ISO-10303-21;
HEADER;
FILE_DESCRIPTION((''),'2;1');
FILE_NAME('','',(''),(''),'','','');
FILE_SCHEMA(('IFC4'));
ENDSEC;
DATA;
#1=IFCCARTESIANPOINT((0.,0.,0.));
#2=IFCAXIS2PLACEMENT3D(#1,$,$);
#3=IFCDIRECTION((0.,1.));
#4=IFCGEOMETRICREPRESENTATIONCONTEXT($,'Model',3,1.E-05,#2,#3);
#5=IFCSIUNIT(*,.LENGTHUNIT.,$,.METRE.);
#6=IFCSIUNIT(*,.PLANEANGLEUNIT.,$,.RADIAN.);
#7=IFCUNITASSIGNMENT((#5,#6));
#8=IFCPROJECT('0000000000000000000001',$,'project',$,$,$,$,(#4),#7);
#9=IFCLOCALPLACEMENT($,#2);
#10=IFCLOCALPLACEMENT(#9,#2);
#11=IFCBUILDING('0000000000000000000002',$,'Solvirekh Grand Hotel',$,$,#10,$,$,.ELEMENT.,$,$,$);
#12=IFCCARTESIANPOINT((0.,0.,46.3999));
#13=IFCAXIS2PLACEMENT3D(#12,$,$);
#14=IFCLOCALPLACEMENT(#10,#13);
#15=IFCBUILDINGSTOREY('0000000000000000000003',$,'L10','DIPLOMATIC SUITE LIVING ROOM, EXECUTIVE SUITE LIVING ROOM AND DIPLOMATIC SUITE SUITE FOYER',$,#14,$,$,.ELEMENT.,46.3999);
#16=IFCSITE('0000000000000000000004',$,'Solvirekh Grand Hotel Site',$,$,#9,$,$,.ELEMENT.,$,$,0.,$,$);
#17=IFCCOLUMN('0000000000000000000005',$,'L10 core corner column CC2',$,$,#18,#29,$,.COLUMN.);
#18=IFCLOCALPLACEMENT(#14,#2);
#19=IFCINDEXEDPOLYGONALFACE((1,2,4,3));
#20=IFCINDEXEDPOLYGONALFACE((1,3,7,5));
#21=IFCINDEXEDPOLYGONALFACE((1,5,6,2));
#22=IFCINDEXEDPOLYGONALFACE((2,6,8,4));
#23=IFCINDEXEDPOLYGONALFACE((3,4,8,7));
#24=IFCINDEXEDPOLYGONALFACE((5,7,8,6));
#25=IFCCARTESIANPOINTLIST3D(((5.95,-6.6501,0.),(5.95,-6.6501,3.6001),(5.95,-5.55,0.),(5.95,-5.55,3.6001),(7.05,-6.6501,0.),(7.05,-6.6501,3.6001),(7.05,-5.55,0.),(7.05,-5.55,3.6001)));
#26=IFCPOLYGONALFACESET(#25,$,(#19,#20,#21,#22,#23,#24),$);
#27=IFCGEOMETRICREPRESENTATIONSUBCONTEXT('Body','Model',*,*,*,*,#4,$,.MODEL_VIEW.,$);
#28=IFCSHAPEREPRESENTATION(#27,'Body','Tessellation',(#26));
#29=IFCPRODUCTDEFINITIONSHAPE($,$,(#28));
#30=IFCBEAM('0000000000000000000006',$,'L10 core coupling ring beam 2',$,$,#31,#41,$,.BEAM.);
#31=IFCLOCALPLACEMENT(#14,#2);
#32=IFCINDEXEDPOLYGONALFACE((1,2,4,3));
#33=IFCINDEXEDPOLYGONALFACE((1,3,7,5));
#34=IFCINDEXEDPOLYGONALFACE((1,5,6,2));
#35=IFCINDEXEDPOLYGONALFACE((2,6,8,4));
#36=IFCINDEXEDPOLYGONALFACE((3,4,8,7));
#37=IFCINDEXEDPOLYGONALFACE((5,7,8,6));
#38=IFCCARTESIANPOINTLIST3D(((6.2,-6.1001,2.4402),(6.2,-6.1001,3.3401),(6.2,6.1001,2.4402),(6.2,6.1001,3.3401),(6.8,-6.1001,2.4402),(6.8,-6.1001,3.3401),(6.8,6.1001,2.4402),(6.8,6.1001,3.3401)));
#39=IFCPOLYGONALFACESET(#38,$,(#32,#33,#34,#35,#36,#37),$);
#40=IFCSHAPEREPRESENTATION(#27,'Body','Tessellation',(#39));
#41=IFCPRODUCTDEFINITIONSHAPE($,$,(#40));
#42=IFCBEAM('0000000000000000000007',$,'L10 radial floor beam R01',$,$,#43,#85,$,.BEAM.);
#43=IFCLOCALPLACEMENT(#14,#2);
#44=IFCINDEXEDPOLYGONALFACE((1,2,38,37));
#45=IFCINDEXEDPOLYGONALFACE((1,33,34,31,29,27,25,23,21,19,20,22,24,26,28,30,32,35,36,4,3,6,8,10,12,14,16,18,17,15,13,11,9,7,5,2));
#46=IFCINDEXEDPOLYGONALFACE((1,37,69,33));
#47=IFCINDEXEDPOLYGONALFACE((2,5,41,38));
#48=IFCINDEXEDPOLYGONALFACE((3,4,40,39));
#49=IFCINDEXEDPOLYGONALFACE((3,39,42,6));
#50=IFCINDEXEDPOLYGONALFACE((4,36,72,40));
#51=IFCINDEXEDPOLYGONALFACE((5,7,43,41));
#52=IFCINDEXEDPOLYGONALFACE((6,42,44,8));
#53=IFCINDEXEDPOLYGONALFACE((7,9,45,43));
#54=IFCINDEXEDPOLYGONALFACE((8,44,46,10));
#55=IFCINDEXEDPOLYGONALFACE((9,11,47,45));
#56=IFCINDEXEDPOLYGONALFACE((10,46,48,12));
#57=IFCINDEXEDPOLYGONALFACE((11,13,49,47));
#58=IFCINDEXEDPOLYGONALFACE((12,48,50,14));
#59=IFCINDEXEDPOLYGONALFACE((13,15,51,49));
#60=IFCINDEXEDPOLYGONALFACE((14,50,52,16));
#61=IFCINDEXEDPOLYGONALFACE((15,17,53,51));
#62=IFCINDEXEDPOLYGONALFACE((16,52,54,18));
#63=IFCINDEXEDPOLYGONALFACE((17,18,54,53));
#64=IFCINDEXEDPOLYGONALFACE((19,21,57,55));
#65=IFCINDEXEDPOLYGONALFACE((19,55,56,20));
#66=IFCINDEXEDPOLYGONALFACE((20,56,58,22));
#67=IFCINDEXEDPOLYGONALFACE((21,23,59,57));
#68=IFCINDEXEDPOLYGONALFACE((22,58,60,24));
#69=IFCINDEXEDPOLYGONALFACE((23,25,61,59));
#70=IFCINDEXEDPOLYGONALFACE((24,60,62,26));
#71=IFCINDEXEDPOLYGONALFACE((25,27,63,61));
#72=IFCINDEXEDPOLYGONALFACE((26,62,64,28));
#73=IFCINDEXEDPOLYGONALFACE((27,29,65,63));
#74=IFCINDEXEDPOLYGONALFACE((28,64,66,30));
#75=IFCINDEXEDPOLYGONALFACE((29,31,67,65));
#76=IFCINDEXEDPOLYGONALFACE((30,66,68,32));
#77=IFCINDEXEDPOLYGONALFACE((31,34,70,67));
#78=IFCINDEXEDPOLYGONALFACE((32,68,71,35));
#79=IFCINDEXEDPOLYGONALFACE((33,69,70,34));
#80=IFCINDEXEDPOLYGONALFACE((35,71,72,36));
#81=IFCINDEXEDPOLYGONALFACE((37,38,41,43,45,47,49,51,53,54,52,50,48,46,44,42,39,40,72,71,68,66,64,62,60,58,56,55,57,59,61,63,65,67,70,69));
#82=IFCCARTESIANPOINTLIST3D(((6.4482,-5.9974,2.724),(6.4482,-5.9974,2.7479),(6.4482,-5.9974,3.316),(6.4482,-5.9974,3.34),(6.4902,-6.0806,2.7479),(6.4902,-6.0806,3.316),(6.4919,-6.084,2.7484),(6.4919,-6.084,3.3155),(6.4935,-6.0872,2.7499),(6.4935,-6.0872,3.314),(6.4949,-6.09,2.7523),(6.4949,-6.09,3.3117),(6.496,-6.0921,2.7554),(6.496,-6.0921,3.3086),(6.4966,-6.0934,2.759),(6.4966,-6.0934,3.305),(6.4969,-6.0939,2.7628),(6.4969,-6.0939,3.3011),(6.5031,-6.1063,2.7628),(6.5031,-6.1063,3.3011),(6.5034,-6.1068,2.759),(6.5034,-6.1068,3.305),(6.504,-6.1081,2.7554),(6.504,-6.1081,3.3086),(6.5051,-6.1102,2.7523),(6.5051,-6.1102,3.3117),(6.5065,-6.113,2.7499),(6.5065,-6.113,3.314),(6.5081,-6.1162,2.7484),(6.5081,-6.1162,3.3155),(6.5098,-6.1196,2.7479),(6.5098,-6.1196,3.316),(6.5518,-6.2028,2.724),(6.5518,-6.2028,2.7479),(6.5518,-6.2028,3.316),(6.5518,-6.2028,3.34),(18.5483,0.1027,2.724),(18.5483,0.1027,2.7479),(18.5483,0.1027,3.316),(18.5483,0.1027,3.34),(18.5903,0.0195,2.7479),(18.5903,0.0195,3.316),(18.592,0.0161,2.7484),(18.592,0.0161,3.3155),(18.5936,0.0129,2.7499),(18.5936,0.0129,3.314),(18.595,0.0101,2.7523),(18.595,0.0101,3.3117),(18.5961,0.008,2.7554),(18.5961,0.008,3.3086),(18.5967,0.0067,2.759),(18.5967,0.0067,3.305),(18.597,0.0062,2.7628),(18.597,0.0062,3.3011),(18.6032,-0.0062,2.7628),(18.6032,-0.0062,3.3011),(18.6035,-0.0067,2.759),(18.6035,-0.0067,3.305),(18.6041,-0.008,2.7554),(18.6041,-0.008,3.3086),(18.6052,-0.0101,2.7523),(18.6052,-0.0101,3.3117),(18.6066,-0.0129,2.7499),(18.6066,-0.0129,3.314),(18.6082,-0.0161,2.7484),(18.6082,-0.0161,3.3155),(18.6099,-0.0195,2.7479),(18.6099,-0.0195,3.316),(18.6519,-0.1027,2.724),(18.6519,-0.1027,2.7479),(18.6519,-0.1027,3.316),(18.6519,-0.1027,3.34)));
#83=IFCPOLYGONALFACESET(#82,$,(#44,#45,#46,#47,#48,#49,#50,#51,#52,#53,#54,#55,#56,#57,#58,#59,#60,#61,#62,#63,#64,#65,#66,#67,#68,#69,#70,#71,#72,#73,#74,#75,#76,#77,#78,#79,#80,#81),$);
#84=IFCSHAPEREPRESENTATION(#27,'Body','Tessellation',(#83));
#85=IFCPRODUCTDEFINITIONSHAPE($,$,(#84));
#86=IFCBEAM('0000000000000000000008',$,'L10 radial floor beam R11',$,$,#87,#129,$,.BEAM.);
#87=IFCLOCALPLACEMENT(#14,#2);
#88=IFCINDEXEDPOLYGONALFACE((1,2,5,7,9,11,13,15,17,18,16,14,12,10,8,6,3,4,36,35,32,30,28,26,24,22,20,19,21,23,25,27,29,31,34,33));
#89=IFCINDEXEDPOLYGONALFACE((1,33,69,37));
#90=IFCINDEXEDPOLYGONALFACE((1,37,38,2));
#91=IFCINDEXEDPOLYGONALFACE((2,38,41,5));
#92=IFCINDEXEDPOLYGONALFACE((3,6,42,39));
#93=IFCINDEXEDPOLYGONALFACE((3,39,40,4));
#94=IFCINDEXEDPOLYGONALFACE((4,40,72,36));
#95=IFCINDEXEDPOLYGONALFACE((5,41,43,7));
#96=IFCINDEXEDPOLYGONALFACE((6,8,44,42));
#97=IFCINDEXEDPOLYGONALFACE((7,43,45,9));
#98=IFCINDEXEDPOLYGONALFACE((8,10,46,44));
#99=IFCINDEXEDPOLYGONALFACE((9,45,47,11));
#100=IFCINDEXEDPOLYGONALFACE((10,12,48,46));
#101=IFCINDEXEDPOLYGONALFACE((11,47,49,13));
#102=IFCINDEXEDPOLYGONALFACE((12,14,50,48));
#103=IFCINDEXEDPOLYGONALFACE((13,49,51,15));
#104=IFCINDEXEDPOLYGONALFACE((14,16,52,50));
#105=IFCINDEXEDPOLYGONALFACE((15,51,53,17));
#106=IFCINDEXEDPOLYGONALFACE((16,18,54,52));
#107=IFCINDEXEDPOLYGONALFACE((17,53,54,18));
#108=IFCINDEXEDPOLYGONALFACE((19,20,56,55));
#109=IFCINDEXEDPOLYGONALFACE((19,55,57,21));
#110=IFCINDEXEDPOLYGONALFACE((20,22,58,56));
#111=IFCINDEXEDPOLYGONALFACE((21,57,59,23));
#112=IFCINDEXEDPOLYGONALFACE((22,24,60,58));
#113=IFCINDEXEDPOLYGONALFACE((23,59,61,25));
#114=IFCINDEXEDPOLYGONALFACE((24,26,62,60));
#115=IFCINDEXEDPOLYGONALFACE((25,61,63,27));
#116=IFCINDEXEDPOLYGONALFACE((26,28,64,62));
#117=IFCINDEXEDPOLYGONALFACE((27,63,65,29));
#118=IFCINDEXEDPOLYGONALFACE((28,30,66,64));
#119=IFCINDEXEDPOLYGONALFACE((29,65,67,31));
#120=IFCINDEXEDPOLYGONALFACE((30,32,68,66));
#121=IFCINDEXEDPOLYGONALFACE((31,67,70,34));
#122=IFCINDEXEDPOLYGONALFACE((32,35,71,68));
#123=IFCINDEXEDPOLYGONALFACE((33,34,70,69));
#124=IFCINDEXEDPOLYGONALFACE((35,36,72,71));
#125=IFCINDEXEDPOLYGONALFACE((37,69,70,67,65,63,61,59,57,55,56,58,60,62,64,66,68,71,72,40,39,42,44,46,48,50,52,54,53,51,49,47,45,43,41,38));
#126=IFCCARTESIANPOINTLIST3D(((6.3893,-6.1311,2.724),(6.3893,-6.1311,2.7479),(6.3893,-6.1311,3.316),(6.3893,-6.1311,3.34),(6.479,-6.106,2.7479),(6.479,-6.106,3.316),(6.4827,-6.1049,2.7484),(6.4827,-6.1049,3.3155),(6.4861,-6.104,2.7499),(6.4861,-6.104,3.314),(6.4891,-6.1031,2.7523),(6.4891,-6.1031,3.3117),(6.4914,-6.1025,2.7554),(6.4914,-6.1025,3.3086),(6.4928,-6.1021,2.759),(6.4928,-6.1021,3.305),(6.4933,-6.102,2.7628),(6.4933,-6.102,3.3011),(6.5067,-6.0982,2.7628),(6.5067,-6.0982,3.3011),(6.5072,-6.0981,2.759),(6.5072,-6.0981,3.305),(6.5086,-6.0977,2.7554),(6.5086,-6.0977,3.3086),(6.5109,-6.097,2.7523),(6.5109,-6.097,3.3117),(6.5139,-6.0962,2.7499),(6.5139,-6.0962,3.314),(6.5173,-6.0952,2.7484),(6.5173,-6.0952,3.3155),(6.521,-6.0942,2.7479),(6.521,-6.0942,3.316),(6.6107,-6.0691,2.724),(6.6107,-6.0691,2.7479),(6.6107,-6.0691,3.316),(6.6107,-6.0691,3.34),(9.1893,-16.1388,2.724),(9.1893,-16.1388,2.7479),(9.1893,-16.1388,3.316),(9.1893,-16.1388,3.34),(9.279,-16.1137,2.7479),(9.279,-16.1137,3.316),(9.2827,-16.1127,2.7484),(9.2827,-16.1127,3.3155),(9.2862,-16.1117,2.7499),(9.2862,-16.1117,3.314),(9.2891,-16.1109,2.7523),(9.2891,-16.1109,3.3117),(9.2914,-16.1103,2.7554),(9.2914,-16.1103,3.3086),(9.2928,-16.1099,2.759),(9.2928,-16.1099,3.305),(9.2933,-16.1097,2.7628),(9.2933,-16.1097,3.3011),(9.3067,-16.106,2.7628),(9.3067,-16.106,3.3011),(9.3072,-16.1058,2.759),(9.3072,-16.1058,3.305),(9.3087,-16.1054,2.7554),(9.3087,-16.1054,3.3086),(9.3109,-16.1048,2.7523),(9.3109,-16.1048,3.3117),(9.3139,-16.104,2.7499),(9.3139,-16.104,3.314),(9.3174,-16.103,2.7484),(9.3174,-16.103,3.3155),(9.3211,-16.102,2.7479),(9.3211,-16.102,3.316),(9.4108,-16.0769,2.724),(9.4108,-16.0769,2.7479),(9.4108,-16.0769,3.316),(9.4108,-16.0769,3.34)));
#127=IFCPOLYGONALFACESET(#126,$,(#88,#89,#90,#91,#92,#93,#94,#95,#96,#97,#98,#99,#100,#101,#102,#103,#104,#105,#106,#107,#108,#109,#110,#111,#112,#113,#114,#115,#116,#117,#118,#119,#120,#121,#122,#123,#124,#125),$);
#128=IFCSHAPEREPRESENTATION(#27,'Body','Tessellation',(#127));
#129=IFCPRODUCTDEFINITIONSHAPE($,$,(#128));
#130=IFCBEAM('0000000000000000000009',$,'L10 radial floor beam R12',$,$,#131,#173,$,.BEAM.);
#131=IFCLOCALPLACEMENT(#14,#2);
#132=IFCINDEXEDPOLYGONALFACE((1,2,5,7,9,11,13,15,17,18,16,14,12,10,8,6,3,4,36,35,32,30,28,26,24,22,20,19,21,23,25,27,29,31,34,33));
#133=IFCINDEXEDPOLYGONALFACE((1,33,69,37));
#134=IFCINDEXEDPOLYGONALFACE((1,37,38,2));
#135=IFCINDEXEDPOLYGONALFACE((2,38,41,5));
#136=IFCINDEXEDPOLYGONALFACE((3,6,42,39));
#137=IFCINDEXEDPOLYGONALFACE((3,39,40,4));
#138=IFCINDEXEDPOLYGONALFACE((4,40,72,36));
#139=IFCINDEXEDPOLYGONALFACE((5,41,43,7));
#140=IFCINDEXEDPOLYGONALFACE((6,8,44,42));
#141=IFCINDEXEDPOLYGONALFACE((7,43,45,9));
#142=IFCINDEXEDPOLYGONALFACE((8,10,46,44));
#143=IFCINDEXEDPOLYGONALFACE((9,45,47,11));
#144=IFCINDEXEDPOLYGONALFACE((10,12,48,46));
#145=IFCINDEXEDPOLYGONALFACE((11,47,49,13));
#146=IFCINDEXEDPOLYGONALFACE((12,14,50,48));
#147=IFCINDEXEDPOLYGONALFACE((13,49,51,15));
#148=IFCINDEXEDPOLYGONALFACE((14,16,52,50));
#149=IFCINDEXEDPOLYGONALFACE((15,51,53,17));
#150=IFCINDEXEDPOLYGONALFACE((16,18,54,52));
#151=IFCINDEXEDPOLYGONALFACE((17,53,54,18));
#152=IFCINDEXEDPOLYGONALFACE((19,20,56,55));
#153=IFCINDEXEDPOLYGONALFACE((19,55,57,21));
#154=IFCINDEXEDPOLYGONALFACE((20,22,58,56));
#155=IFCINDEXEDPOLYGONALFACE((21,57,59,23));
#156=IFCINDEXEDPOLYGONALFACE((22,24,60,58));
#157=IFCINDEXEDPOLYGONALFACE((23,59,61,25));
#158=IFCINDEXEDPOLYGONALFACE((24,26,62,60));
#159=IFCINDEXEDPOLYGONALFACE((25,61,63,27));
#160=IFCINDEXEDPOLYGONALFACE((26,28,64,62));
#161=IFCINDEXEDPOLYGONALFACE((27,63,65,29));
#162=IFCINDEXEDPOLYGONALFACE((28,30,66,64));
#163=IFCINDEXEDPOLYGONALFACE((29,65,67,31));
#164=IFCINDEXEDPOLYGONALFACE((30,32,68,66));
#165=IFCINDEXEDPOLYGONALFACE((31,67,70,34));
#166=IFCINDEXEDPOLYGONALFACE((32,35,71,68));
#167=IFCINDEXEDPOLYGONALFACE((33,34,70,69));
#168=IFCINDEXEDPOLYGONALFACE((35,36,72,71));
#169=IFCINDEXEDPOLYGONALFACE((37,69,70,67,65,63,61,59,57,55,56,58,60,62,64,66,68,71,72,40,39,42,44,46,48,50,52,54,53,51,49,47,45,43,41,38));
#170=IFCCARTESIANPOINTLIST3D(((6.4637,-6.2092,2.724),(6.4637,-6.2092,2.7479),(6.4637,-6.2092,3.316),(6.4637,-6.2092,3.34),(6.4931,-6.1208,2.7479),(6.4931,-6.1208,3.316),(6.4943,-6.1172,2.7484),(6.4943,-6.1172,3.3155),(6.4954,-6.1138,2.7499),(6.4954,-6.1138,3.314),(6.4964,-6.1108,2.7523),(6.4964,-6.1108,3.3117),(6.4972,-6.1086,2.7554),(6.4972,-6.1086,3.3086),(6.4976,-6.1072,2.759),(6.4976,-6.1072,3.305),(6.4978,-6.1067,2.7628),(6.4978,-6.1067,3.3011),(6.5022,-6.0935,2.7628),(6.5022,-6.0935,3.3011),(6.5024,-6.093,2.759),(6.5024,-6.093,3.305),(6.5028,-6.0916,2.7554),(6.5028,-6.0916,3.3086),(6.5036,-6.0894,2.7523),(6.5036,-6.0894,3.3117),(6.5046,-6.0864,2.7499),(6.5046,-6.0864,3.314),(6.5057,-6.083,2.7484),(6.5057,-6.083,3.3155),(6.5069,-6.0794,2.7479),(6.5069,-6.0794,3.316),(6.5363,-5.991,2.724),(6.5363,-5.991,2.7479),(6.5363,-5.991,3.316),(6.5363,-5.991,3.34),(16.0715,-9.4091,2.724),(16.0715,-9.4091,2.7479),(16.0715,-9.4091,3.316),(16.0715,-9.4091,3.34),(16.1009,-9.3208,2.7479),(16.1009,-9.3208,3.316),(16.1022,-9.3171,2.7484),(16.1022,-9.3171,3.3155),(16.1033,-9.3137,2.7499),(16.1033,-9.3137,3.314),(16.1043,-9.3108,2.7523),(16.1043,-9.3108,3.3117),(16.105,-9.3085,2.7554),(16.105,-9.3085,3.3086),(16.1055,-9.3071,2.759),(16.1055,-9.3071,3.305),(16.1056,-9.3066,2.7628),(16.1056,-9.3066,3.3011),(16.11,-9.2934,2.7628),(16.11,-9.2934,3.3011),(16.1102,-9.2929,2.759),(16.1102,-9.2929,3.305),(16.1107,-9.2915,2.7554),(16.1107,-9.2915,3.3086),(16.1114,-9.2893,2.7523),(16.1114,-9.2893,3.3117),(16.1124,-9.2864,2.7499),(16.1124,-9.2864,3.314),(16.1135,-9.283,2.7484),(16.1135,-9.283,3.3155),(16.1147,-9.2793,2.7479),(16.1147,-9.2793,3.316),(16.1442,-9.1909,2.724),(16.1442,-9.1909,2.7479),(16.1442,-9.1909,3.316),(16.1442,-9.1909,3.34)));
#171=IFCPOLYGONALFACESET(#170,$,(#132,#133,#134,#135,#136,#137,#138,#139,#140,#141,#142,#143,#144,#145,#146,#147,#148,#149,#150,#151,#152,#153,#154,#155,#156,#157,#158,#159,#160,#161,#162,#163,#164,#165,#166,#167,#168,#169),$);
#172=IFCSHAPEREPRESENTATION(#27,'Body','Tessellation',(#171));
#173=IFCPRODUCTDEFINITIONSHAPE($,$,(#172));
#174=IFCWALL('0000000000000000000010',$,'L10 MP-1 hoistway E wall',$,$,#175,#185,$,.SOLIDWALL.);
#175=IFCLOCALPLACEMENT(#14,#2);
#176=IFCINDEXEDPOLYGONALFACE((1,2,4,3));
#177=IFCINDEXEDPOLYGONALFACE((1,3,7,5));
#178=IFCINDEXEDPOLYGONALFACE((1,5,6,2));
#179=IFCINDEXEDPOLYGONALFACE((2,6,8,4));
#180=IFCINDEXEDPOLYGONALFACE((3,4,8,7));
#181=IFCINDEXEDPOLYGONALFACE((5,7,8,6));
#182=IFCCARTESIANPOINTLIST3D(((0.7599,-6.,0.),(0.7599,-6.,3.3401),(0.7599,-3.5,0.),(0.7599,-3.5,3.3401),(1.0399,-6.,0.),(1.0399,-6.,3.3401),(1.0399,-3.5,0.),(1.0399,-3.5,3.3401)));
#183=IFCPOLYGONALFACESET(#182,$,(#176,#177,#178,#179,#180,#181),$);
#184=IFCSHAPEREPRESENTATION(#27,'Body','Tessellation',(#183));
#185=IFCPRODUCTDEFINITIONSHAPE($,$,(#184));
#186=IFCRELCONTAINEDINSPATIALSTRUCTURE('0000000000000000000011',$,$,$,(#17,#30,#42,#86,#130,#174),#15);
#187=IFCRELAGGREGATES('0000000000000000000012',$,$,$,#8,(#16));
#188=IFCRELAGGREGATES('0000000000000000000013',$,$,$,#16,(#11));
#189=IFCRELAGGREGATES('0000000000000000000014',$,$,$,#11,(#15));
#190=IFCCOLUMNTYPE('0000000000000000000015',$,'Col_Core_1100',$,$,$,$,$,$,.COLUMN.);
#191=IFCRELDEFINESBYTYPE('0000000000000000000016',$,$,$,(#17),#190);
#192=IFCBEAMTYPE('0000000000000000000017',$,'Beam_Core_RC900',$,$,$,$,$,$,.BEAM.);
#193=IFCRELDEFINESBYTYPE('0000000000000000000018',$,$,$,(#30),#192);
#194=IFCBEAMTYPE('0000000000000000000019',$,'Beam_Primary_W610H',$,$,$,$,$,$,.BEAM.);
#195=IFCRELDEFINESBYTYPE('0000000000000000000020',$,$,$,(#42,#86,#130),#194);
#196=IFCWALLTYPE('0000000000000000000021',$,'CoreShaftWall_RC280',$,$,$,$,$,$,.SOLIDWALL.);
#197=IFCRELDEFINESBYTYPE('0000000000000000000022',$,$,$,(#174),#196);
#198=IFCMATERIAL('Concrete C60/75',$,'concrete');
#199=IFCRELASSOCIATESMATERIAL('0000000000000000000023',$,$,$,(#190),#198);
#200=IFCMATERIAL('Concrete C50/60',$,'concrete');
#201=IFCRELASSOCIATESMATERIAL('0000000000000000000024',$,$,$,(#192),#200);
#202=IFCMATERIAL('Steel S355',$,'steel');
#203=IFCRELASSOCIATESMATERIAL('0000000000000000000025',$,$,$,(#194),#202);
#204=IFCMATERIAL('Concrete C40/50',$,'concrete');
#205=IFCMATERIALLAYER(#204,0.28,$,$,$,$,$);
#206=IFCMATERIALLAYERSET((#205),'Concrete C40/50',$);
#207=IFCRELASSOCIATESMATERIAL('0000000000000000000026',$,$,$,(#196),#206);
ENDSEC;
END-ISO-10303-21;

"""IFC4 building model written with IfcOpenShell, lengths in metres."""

from ifc_helpers import new_model, si_unit, direction, frame, frame_2d, origin, origin_2d, place, context, subcontext, project, spatial, rectangle, i_section, extrude, material, layer, layer_set, material_profile, profile_set, type_object, element, save


model = new_model("IFC4")

# Units and contexts
model_context = context("Model", 3, precision=1e-05, world=origin(), true_north=direction((0.0, 1.0)))
body_context = subcontext(model_context, "Body", "Model", "MODEL_VIEW")
ifc_project = project(units=[si_unit("LENGTHUNIT", "METRE"), si_unit("PLANEANGLEUNIT", "RADIAN")], contexts=[model_context])

# Site, building, storey
site_placement = place(None, origin())
site = spatial("IfcSite", under=ifc_project, at=site_placement, Name="Solvirekh Grand Hotel Site", CompositionType="ELEMENT", RefElevation=0.0)
building_placement = place(site_placement, origin())
building = spatial("IfcBuilding", under=site, at=building_placement, Name="Solvirekh Grand Hotel", CompositionType="ELEMENT")
storey_placement = place(building_placement, frame((0.0, 0.0, 46.3999)))
storey = spatial("IfcBuildingStorey", under=building, at=storey_placement, Name="L10", Description="DIPLOMATIC SUITE LIVING ROOM, EXECUTIVE SUITE LIVING ROOM AND DIPLOMATIC SUITE SUITE FOYER", CompositionType="ELEMENT", Elevation=46.3999)

# Column
ifc_material_1 = material(Name="Concrete C60/75", Category="concrete")
ifc_material_profile_1 = material_profile(ifc_material_1, rectangle(XDim=1.1001, YDim=1.1001, at=origin_2d()), Name="RC 1100X1100")
ifc_profile_set_1 = profile_set([ifc_material_profile_1], Name="Concrete C60/75")
column_type = type_object("IfcColumnType", Name="Col_Core_1100", PredefinedType="COLUMN", material=ifc_profile_set_1)
column_placement = place(storey_placement, frame((6.5, -6.1001, 0.0), z_axis=(0.0, 0.0, 1.0), x_axis=(1.0, 0.0, 0.0)))
element("IfcColumn", 1, at=column_placement, inside=storey, type_object=column_type, Name="L10 core corner column CC2", PredefinedType="COLUMN", context=body_context, shape_type="SweptSolid", body=[
    extrude(rectangle(XDim=1.1001, YDim=1.1001, at=origin_2d()), origin(), (0.0, 0.0, 1.0), 3.6001),
])

# Beams
ifc_material_2 = material(Name="Concrete C50/60", Category="concrete")
ifc_material_profile_2 = material_profile(ifc_material_2, rectangle(XDim=0.6001, YDim=0.8999, at=origin_2d()), Name="RC BEAM 600X900")
ifc_profile_set_2 = profile_set([ifc_material_profile_2], Name="Concrete C50/60")
beam_type_1 = type_object("IfcBeamType", Name="Beam_Core_RC900", PredefinedType="BEAM", material=ifc_profile_set_2)
beam_1_placement = place(storey_placement, frame((6.5, -6.1001, 2.8901), z_axis=(0.0, 1.0, 0.0), x_axis=(-1.0, 0.0, 0.0)))
element("IfcBeam", 2, at=beam_1_placement, inside=storey, type_object=beam_type_1, Name="L10 core coupling ring beam 2", PredefinedType="BEAM", context=body_context, shape_type="SweptSolid", body=[
    extrude(rectangle(XDim=0.6001, YDim=0.8999, at=origin_2d()), origin(), (0.0, 0.0, 1.0), 12.2002),
])
ifc_material_3 = material(Name="Steel S355", Category="steel")
ifc_material_profile_3 = material_profile(ifc_material_3, i_section(OverallWidth=0.23, OverallDepth=0.616, WebThickness=0.0139, FlangeThickness=0.0239, FilletRadius=0.0149, at=origin_2d()), Name="W610X174")
ifc_profile_set_3 = profile_set([ifc_material_profile_3], Name="Steel S355")
beam_type_2 = type_object("IfcBeamType", Name="Beam_Primary_W610H", PredefinedType="BEAM", material=ifc_profile_set_3)
beam_2_placement = place(storey_placement, frame((6.5, -6.1001, 3.032), z_axis=(0.892945, 0.450166, 0.0), x_axis=(-0.450166, 0.892945, 0.0)))
element("IfcBeam", 3, at=beam_2_placement, inside=storey, type_object=beam_type_2, Name="L10 radial floor beam R01", PredefinedType="BEAM", context=body_context, shape_type="SweptSolid", body=[
    extrude(i_section(OverallWidth=0.23, OverallDepth=0.616, WebThickness=0.0139, FlangeThickness=0.0239, FilletRadius=0.0149, at=origin_2d()), origin(), (0.0, 0.0, 1.0), 13.5508),
])
beam_3_placement = place(storey_placement, frame((6.5, -6.1001, 3.032), z_axis=(0.269439, -0.963017, 0.0), x_axis=(0.963017, 0.269439, 0.0)))
element("IfcBeam", 4, at=beam_3_placement, inside=storey, type_object=beam_type_2, Name="L10 radial floor beam R11", PredefinedType="BEAM", context=body_context, shape_type="SweptSolid", body=[
    extrude(i_section(OverallWidth=0.23, OverallDepth=0.616, WebThickness=0.0139, FlangeThickness=0.0239, FilletRadius=0.0149, at=origin_2d()), origin(), (0.0, 0.0, 1.0), 10.3921),
])
beam_4_placement = place(storey_placement, frame((6.5, -6.1001, 3.032), z_axis=(0.948763, -0.315989, 0.0), x_axis=(0.315989, 0.948763, 0.0)))
element("IfcBeam", 5, at=beam_4_placement, inside=storey, type_object=beam_type_2, Name="L10 radial floor beam R12", PredefinedType="BEAM", context=body_context, shape_type="SweptSolid", body=[
    extrude(i_section(OverallWidth=0.23, OverallDepth=0.616, WebThickness=0.0139, FlangeThickness=0.0239, FilletRadius=0.0149, at=origin_2d()), origin(), (0.0, 0.0, 1.0), 10.1267),
])

# Wall
ifc_material_4 = material(Name="Concrete C40/50", Category="concrete")
ifc_layer_1 = layer(ifc_material_4, 0.28)
ifc_layer_set_1 = layer_set([ifc_layer_1], Name="Concrete C40/50")
wall_type_1 = type_object("IfcWallType", Name="CoreShaftWall_RC280", PredefinedType="SOLIDWALL", material=ifc_layer_set_1)
wall_1_placement = place(storey_placement, frame((0.8999, -6.0, 0.0), z_axis=(0.0, 0.0, 1.0), x_axis=(0.0, 1.0, 0.0)))
element("IfcWall", 6, at=wall_1_placement, inside=storey, type_object=wall_type_1, Name="L10 MP-1 hoistway E wall", PredefinedType="SOLIDWALL", context=body_context, shape_type="SweptSolid", body=[
    extrude(rectangle(XDim=2.5, YDim=0.28, at=frame_2d((1.25, 0.0))), origin(), (0.0, 0.0, 1.0), 3.3401),
])

save(model, "model.ifc")
